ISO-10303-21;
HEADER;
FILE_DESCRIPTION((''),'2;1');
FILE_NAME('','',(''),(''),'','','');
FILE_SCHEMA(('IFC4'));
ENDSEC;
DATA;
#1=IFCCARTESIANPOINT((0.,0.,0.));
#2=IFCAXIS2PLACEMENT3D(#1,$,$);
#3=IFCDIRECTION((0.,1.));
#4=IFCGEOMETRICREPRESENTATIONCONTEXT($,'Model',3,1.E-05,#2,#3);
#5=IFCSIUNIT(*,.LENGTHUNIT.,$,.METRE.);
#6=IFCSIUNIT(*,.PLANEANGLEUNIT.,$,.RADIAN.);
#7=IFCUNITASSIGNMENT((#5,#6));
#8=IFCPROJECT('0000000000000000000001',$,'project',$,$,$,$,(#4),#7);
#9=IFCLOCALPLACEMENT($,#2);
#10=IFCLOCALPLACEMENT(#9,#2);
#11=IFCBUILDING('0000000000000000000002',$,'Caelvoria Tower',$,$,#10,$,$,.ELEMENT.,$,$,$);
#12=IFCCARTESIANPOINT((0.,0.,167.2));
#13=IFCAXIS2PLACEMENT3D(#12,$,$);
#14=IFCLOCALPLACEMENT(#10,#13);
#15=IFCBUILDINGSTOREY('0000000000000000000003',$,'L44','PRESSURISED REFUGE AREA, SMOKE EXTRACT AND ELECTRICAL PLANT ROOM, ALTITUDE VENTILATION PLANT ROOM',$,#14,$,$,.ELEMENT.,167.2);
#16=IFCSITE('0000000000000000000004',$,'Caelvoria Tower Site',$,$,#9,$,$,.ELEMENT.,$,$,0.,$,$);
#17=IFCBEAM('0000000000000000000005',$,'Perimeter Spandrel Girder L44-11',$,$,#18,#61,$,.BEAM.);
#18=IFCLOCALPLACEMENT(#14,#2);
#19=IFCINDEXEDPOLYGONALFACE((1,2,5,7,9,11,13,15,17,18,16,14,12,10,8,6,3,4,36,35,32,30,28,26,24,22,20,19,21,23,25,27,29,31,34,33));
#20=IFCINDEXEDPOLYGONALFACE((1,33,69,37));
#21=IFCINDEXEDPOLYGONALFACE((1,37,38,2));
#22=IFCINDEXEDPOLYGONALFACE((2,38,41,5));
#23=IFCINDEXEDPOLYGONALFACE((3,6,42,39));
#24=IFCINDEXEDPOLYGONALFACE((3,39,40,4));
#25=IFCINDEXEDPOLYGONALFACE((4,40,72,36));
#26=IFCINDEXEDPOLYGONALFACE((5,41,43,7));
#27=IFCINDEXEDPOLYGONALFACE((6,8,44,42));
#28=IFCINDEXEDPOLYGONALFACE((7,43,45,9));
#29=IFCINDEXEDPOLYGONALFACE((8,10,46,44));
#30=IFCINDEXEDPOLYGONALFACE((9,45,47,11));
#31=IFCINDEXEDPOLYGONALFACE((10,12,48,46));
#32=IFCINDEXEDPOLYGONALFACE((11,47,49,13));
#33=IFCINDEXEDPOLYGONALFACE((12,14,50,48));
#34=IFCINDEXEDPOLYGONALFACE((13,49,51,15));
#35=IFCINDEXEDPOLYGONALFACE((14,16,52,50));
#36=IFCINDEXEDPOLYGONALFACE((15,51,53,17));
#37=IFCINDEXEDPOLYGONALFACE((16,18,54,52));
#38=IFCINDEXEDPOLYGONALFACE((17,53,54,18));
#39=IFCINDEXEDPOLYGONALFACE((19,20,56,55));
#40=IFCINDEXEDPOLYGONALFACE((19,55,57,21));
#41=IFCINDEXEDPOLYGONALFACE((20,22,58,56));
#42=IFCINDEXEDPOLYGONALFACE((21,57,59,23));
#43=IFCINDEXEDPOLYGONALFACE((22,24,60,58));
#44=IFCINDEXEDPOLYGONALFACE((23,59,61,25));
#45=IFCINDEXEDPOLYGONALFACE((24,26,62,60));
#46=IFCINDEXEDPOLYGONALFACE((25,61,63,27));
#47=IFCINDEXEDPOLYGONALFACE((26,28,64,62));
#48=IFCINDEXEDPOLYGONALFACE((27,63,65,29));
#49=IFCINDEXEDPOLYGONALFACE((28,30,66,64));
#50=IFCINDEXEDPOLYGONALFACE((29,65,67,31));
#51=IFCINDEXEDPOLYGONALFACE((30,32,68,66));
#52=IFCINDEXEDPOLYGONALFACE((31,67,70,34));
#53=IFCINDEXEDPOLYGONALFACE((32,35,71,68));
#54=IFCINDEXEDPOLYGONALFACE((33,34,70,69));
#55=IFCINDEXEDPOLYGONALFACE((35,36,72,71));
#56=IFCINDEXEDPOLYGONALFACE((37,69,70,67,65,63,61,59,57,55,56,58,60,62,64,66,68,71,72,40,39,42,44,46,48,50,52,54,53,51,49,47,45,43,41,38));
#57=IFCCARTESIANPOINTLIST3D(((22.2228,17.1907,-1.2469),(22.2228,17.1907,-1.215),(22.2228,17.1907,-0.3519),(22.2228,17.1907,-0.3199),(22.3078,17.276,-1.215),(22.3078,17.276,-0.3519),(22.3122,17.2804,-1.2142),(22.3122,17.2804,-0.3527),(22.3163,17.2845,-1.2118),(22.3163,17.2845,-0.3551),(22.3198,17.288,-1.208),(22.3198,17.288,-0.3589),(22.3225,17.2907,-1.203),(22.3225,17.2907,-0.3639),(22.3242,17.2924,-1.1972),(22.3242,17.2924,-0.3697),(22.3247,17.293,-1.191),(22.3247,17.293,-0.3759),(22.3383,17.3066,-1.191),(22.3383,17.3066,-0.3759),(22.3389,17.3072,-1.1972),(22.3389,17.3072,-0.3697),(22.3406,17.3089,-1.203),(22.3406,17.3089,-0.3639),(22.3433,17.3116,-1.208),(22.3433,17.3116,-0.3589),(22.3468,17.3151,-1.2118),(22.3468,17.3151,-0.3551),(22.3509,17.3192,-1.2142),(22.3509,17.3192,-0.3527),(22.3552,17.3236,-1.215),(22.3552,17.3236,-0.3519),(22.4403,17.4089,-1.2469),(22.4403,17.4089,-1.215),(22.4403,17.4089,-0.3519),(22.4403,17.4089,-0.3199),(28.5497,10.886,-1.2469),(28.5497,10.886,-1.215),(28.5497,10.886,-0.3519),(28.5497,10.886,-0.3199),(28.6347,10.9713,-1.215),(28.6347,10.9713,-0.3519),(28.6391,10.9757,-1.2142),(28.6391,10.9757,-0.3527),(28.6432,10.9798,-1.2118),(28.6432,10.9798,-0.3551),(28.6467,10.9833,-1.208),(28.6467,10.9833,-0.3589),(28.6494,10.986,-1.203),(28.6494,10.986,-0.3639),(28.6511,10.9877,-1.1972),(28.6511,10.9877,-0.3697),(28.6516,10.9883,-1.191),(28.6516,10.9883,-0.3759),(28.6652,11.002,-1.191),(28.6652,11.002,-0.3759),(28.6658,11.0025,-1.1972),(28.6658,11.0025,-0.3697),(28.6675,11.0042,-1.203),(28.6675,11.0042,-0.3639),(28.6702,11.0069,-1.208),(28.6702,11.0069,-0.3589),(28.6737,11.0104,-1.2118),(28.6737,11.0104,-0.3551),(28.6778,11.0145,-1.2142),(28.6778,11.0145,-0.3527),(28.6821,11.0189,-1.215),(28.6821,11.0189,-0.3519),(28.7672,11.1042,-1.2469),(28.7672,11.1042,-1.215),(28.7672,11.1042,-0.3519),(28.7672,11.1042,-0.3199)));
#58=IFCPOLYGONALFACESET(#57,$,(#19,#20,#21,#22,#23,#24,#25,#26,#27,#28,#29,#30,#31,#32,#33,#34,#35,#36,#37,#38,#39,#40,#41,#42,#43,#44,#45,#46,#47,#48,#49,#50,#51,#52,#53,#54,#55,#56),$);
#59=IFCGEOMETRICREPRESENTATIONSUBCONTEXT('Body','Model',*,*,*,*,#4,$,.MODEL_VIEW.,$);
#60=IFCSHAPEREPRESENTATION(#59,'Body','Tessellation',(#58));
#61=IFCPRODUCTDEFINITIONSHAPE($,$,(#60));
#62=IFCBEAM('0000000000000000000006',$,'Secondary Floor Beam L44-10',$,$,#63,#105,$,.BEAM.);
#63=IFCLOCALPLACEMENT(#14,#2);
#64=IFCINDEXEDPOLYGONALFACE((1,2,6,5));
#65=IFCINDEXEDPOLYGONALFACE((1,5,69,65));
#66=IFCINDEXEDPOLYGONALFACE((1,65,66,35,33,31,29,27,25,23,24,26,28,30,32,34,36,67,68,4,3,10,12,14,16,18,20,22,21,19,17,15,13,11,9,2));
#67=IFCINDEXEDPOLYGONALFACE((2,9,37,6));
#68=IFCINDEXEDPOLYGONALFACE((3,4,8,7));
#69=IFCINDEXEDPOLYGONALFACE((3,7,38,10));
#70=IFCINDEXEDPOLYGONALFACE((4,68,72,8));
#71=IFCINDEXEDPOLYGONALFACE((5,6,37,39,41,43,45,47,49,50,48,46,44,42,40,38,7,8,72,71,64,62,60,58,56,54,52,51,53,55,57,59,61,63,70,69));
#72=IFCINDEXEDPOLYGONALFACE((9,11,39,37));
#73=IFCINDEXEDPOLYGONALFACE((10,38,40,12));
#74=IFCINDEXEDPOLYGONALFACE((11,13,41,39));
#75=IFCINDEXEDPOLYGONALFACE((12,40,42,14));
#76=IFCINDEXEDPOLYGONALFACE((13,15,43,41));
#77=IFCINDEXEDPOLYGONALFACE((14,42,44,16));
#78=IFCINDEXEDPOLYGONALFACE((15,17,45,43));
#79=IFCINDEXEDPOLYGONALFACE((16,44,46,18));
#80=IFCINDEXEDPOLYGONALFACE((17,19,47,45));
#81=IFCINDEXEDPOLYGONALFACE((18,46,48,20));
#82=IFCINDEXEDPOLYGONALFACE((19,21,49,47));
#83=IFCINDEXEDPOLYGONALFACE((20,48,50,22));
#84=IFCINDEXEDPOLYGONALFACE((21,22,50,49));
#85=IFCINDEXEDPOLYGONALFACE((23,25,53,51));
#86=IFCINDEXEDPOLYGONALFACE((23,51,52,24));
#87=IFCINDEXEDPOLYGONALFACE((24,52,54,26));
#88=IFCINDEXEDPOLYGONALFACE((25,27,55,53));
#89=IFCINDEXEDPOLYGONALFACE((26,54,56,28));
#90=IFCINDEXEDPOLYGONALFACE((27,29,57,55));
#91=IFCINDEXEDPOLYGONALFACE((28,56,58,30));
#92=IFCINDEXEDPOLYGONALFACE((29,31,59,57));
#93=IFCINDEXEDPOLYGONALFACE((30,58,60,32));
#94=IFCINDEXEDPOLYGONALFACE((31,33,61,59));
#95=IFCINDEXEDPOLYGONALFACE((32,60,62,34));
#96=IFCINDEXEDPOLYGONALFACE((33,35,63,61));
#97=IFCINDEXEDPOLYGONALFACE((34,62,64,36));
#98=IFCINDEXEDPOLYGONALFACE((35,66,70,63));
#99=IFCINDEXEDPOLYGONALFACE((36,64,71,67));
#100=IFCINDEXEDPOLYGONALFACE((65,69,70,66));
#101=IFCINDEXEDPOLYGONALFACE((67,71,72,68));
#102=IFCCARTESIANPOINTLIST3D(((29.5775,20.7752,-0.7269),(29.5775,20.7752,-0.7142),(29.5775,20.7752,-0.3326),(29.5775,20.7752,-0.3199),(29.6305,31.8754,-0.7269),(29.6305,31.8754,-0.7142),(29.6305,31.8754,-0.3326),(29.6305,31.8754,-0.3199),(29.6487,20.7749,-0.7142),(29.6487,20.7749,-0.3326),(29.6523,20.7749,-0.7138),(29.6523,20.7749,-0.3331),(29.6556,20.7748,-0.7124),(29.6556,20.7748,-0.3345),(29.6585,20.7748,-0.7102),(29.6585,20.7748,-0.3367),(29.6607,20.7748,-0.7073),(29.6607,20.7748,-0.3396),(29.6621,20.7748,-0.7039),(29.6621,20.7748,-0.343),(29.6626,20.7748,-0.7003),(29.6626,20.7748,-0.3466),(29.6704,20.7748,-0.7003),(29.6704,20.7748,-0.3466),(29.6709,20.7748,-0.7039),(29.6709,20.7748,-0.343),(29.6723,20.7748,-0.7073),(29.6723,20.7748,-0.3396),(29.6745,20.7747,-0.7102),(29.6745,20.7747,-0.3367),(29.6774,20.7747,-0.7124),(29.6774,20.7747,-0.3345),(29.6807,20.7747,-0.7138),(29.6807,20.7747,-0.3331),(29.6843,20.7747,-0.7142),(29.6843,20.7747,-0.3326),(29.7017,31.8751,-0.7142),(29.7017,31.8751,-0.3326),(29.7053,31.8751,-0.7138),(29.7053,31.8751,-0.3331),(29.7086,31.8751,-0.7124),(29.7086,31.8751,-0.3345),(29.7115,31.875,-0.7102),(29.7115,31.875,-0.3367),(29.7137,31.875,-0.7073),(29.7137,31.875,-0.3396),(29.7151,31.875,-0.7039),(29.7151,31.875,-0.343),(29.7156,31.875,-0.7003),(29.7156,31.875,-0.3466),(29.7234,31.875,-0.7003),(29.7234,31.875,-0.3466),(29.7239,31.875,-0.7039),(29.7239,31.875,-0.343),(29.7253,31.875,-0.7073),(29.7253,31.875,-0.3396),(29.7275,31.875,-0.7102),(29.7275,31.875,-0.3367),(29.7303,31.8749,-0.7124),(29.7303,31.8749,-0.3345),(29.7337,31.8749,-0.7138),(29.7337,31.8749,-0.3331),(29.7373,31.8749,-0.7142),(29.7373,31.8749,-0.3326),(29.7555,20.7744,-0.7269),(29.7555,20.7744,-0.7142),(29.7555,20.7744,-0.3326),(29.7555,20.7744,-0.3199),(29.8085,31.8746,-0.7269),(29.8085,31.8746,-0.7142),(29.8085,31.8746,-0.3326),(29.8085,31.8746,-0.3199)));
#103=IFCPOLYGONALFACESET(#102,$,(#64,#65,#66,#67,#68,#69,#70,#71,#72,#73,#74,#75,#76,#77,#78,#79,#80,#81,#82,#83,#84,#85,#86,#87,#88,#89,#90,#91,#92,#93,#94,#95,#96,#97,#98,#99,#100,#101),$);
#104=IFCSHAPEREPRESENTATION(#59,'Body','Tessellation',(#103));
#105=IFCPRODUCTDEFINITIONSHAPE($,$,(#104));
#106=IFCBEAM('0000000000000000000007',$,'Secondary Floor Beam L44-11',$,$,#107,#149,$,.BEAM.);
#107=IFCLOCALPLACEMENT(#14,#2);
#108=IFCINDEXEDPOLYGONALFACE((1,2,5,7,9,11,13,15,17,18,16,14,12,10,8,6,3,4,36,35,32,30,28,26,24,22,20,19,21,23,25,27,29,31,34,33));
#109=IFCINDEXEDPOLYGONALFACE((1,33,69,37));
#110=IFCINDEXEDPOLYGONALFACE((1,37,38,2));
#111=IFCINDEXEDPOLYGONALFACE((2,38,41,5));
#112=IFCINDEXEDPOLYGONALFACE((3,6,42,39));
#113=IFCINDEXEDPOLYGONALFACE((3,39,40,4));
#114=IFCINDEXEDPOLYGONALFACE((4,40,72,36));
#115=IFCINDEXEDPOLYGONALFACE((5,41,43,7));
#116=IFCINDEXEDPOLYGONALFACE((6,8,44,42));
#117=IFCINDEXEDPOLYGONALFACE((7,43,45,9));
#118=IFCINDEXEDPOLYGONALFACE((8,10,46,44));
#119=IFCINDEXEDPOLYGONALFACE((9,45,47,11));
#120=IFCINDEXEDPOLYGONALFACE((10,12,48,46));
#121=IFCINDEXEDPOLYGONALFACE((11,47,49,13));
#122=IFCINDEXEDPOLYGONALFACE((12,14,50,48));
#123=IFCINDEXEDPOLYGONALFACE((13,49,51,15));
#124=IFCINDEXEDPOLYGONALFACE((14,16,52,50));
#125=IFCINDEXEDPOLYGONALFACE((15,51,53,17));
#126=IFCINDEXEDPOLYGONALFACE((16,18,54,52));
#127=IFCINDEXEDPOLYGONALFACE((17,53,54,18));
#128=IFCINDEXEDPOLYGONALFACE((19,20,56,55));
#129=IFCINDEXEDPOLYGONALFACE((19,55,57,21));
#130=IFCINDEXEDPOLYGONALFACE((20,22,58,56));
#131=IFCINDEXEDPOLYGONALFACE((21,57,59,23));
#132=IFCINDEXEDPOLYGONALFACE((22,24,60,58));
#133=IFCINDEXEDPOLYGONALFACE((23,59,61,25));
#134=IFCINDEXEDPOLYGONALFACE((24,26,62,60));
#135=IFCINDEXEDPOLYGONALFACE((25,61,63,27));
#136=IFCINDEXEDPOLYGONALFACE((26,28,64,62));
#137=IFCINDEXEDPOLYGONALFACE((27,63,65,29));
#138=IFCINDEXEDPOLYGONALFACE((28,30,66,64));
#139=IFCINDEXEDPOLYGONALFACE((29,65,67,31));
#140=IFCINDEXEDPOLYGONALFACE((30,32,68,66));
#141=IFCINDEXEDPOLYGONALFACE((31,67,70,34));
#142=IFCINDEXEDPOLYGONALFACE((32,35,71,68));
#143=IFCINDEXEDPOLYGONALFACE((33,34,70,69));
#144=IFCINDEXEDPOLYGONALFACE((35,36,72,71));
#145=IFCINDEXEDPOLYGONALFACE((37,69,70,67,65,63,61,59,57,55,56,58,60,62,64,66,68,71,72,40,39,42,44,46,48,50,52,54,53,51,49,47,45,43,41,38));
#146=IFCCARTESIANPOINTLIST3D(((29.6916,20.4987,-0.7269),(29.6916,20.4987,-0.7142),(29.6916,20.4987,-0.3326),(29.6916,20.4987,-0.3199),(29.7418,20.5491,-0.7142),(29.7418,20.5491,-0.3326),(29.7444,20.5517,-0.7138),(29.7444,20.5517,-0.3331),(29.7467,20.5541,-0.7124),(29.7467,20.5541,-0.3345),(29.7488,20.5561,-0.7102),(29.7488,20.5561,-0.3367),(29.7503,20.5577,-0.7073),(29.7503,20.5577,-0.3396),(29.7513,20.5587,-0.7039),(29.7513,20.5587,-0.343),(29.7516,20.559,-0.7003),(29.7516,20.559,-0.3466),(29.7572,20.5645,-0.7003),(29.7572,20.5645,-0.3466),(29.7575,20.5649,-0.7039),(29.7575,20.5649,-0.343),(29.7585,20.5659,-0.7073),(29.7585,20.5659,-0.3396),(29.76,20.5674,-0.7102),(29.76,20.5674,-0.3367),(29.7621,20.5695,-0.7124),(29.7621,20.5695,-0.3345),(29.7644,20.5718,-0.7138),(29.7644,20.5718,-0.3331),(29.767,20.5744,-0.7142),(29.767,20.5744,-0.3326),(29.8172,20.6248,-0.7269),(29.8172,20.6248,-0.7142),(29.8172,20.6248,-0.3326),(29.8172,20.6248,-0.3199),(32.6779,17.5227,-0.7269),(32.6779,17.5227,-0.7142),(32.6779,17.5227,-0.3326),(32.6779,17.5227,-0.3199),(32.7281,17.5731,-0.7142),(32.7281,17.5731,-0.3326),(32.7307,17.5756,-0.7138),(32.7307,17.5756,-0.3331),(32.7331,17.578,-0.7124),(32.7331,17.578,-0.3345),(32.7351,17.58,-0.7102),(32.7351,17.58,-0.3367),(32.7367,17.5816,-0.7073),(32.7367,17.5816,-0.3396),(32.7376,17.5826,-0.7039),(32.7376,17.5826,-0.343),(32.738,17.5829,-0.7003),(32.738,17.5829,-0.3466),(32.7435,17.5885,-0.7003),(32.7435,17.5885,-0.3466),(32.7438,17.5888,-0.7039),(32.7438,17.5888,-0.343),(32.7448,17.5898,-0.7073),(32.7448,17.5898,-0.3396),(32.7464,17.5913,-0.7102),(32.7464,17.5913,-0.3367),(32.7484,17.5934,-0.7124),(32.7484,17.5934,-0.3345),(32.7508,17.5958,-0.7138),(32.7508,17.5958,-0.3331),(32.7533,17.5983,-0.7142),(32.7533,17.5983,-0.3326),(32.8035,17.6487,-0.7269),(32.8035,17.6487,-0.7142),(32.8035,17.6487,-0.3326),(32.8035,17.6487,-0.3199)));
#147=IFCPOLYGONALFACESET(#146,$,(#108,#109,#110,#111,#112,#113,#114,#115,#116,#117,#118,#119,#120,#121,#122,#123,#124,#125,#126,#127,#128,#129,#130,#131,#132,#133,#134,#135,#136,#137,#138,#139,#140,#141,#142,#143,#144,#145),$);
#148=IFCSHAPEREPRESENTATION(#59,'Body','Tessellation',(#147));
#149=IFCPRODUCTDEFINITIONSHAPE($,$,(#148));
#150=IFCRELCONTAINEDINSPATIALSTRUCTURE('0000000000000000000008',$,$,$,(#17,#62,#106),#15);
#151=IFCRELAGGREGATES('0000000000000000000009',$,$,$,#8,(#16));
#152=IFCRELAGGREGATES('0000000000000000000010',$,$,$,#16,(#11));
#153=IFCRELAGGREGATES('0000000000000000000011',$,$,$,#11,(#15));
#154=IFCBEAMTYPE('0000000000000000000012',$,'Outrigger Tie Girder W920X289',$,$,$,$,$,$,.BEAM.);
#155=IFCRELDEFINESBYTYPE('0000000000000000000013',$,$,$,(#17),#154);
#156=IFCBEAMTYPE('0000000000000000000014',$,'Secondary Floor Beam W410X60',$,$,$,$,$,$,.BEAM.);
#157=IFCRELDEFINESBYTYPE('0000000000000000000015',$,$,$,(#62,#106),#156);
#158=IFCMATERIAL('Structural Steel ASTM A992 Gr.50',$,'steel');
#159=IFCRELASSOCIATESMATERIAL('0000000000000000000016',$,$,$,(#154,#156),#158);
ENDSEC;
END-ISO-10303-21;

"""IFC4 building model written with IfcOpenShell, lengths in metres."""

from ifc_helpers import new_model, si_unit, direction, frame, origin, origin_2d, place, context, subcontext, project, spatial, i_section, extrude, material, material_profile, profile_set, type_object, element, save


model = new_model("IFC4")

# Units and contexts
model_context = context("Model", 3, precision=1e-05, world=origin(), true_north=direction((0.0, 1.0)))
body_context = subcontext(model_context, "Body", "Model", "MODEL_VIEW")
ifc_project = project(units=[si_unit("LENGTHUNIT", "METRE"), si_unit("PLANEANGLEUNIT", "RADIAN")], contexts=[model_context])

# Site, building, storey
site_placement = place(None, origin())
site = spatial("IfcSite", under=ifc_project, at=site_placement, Name="Caelvoria Tower Site", CompositionType="ELEMENT", RefElevation=0.0)
building_placement = place(site_placement, origin())
building = spatial("IfcBuilding", under=site, at=building_placement, Name="Caelvoria Tower", CompositionType="ELEMENT")
storey_placement = place(building_placement, frame((0.0, 0.0, 167.2)))
storey = spatial("IfcBuildingStorey", under=building, at=storey_placement, Name="L44", Description="PRESSURISED REFUGE AREA, SMOKE EXTRACT AND ELECTRICAL PLANT ROOM, ALTITUDE VENTILATION PLANT ROOM", CompositionType="ELEMENT", Elevation=167.2)

# Shared definitions
ifc_material_1 = material(Name="Structural Steel ASTM A992 Gr.50", Category="steel")

# Beams
ifc_material_profile_1 = material_profile(ifc_material_1, i_section(OverallWidth=0.3081, OverallDepth=0.927, WebThickness=0.0193, FlangeThickness=0.032, FilletRadius=0.0239, at=origin_2d()), Name="Structural Steel ASTM A992 Gr.50")
ifc_profile_set_1 = profile_set([ifc_material_profile_1], Name="W920X289 - Structural Steel ASTM A992 Gr.50")
beam_type_1 = type_object("IfcBeamType", Name="Outrigger Tie Girder W920X289", PredefinedType="BEAM", material=ifc_profile_set_1)
beam_1_placement = place(storey_placement, frame((22.3315, 17.2998, -0.7834), z_axis=(0.708349, -0.705862, 0.0), x_axis=(0.705862, 0.708349, 0.0)))
element("IfcBeam", 1, at=beam_1_placement, inside=storey, type_object=beam_type_1, Name="Perimeter Spandrel Girder L44-11", PredefinedType="BEAM", context=body_context, shape_type="SweptSolid", body=[
    extrude(i_section(OverallWidth=0.3081, OverallDepth=0.927, WebThickness=0.0193, FlangeThickness=0.032, FilletRadius=0.0239, at=origin_2d()), origin(), (0.0, 0.0, 1.0), 8.9319),
])
ifc_material_profile_2 = material_profile(ifc_material_1, i_section(OverallWidth=0.178, OverallDepth=0.407, WebThickness=0.0078, FlangeThickness=0.0127, FilletRadius=0.0139, at=origin_2d()), Name="Structural Steel ASTM A992 Gr.50")
ifc_profile_set_2 = profile_set([ifc_material_profile_2], Name="W410X60 - Structural Steel ASTM A992 Gr.50")
beam_type_2 = type_object("IfcBeamType", Name="Secondary Floor Beam W410X60", PredefinedType="BEAM", material=ifc_profile_set_2)
beam_2_placement = place(storey_placement, frame((29.7195, 31.875, -0.5234), z_axis=(-0.004773, -0.999989, 0.0), x_axis=(0.999989, -0.004773, 0.0)))
element("IfcBeam", 2, at=beam_2_placement, inside=storey, type_object=beam_type_2, Name="Secondary Floor Beam L44-10", PredefinedType="BEAM", context=body_context, shape_type="SweptSolid", body=[
    extrude(i_section(OverallWidth=0.178, OverallDepth=0.407, WebThickness=0.0078, FlangeThickness=0.0127, FilletRadius=0.0139, at=origin_2d()), origin(), (0.0, 0.0, 1.0), 11.1003),
])
beam_3_placement = place(storey_placement, frame((29.7544, 20.5618, -0.5234), z_axis=(0.708322, -0.70589, 0.0), x_axis=(0.70589, 0.708322, 0.0)))
element("IfcBeam", 3, at=beam_3_placement, inside=storey, type_object=beam_type_2, Name="Secondary Floor Beam L44-11", PredefinedType="BEAM", context=body_context, shape_type="SweptSolid", body=[
    extrude(i_section(OverallWidth=0.178, OverallDepth=0.407, WebThickness=0.0078, FlangeThickness=0.0127, FilletRadius=0.0139, at=origin_2d()), origin(), (0.0, 0.0, 1.0), 4.2161),
])

save(model, "model.ifc")
